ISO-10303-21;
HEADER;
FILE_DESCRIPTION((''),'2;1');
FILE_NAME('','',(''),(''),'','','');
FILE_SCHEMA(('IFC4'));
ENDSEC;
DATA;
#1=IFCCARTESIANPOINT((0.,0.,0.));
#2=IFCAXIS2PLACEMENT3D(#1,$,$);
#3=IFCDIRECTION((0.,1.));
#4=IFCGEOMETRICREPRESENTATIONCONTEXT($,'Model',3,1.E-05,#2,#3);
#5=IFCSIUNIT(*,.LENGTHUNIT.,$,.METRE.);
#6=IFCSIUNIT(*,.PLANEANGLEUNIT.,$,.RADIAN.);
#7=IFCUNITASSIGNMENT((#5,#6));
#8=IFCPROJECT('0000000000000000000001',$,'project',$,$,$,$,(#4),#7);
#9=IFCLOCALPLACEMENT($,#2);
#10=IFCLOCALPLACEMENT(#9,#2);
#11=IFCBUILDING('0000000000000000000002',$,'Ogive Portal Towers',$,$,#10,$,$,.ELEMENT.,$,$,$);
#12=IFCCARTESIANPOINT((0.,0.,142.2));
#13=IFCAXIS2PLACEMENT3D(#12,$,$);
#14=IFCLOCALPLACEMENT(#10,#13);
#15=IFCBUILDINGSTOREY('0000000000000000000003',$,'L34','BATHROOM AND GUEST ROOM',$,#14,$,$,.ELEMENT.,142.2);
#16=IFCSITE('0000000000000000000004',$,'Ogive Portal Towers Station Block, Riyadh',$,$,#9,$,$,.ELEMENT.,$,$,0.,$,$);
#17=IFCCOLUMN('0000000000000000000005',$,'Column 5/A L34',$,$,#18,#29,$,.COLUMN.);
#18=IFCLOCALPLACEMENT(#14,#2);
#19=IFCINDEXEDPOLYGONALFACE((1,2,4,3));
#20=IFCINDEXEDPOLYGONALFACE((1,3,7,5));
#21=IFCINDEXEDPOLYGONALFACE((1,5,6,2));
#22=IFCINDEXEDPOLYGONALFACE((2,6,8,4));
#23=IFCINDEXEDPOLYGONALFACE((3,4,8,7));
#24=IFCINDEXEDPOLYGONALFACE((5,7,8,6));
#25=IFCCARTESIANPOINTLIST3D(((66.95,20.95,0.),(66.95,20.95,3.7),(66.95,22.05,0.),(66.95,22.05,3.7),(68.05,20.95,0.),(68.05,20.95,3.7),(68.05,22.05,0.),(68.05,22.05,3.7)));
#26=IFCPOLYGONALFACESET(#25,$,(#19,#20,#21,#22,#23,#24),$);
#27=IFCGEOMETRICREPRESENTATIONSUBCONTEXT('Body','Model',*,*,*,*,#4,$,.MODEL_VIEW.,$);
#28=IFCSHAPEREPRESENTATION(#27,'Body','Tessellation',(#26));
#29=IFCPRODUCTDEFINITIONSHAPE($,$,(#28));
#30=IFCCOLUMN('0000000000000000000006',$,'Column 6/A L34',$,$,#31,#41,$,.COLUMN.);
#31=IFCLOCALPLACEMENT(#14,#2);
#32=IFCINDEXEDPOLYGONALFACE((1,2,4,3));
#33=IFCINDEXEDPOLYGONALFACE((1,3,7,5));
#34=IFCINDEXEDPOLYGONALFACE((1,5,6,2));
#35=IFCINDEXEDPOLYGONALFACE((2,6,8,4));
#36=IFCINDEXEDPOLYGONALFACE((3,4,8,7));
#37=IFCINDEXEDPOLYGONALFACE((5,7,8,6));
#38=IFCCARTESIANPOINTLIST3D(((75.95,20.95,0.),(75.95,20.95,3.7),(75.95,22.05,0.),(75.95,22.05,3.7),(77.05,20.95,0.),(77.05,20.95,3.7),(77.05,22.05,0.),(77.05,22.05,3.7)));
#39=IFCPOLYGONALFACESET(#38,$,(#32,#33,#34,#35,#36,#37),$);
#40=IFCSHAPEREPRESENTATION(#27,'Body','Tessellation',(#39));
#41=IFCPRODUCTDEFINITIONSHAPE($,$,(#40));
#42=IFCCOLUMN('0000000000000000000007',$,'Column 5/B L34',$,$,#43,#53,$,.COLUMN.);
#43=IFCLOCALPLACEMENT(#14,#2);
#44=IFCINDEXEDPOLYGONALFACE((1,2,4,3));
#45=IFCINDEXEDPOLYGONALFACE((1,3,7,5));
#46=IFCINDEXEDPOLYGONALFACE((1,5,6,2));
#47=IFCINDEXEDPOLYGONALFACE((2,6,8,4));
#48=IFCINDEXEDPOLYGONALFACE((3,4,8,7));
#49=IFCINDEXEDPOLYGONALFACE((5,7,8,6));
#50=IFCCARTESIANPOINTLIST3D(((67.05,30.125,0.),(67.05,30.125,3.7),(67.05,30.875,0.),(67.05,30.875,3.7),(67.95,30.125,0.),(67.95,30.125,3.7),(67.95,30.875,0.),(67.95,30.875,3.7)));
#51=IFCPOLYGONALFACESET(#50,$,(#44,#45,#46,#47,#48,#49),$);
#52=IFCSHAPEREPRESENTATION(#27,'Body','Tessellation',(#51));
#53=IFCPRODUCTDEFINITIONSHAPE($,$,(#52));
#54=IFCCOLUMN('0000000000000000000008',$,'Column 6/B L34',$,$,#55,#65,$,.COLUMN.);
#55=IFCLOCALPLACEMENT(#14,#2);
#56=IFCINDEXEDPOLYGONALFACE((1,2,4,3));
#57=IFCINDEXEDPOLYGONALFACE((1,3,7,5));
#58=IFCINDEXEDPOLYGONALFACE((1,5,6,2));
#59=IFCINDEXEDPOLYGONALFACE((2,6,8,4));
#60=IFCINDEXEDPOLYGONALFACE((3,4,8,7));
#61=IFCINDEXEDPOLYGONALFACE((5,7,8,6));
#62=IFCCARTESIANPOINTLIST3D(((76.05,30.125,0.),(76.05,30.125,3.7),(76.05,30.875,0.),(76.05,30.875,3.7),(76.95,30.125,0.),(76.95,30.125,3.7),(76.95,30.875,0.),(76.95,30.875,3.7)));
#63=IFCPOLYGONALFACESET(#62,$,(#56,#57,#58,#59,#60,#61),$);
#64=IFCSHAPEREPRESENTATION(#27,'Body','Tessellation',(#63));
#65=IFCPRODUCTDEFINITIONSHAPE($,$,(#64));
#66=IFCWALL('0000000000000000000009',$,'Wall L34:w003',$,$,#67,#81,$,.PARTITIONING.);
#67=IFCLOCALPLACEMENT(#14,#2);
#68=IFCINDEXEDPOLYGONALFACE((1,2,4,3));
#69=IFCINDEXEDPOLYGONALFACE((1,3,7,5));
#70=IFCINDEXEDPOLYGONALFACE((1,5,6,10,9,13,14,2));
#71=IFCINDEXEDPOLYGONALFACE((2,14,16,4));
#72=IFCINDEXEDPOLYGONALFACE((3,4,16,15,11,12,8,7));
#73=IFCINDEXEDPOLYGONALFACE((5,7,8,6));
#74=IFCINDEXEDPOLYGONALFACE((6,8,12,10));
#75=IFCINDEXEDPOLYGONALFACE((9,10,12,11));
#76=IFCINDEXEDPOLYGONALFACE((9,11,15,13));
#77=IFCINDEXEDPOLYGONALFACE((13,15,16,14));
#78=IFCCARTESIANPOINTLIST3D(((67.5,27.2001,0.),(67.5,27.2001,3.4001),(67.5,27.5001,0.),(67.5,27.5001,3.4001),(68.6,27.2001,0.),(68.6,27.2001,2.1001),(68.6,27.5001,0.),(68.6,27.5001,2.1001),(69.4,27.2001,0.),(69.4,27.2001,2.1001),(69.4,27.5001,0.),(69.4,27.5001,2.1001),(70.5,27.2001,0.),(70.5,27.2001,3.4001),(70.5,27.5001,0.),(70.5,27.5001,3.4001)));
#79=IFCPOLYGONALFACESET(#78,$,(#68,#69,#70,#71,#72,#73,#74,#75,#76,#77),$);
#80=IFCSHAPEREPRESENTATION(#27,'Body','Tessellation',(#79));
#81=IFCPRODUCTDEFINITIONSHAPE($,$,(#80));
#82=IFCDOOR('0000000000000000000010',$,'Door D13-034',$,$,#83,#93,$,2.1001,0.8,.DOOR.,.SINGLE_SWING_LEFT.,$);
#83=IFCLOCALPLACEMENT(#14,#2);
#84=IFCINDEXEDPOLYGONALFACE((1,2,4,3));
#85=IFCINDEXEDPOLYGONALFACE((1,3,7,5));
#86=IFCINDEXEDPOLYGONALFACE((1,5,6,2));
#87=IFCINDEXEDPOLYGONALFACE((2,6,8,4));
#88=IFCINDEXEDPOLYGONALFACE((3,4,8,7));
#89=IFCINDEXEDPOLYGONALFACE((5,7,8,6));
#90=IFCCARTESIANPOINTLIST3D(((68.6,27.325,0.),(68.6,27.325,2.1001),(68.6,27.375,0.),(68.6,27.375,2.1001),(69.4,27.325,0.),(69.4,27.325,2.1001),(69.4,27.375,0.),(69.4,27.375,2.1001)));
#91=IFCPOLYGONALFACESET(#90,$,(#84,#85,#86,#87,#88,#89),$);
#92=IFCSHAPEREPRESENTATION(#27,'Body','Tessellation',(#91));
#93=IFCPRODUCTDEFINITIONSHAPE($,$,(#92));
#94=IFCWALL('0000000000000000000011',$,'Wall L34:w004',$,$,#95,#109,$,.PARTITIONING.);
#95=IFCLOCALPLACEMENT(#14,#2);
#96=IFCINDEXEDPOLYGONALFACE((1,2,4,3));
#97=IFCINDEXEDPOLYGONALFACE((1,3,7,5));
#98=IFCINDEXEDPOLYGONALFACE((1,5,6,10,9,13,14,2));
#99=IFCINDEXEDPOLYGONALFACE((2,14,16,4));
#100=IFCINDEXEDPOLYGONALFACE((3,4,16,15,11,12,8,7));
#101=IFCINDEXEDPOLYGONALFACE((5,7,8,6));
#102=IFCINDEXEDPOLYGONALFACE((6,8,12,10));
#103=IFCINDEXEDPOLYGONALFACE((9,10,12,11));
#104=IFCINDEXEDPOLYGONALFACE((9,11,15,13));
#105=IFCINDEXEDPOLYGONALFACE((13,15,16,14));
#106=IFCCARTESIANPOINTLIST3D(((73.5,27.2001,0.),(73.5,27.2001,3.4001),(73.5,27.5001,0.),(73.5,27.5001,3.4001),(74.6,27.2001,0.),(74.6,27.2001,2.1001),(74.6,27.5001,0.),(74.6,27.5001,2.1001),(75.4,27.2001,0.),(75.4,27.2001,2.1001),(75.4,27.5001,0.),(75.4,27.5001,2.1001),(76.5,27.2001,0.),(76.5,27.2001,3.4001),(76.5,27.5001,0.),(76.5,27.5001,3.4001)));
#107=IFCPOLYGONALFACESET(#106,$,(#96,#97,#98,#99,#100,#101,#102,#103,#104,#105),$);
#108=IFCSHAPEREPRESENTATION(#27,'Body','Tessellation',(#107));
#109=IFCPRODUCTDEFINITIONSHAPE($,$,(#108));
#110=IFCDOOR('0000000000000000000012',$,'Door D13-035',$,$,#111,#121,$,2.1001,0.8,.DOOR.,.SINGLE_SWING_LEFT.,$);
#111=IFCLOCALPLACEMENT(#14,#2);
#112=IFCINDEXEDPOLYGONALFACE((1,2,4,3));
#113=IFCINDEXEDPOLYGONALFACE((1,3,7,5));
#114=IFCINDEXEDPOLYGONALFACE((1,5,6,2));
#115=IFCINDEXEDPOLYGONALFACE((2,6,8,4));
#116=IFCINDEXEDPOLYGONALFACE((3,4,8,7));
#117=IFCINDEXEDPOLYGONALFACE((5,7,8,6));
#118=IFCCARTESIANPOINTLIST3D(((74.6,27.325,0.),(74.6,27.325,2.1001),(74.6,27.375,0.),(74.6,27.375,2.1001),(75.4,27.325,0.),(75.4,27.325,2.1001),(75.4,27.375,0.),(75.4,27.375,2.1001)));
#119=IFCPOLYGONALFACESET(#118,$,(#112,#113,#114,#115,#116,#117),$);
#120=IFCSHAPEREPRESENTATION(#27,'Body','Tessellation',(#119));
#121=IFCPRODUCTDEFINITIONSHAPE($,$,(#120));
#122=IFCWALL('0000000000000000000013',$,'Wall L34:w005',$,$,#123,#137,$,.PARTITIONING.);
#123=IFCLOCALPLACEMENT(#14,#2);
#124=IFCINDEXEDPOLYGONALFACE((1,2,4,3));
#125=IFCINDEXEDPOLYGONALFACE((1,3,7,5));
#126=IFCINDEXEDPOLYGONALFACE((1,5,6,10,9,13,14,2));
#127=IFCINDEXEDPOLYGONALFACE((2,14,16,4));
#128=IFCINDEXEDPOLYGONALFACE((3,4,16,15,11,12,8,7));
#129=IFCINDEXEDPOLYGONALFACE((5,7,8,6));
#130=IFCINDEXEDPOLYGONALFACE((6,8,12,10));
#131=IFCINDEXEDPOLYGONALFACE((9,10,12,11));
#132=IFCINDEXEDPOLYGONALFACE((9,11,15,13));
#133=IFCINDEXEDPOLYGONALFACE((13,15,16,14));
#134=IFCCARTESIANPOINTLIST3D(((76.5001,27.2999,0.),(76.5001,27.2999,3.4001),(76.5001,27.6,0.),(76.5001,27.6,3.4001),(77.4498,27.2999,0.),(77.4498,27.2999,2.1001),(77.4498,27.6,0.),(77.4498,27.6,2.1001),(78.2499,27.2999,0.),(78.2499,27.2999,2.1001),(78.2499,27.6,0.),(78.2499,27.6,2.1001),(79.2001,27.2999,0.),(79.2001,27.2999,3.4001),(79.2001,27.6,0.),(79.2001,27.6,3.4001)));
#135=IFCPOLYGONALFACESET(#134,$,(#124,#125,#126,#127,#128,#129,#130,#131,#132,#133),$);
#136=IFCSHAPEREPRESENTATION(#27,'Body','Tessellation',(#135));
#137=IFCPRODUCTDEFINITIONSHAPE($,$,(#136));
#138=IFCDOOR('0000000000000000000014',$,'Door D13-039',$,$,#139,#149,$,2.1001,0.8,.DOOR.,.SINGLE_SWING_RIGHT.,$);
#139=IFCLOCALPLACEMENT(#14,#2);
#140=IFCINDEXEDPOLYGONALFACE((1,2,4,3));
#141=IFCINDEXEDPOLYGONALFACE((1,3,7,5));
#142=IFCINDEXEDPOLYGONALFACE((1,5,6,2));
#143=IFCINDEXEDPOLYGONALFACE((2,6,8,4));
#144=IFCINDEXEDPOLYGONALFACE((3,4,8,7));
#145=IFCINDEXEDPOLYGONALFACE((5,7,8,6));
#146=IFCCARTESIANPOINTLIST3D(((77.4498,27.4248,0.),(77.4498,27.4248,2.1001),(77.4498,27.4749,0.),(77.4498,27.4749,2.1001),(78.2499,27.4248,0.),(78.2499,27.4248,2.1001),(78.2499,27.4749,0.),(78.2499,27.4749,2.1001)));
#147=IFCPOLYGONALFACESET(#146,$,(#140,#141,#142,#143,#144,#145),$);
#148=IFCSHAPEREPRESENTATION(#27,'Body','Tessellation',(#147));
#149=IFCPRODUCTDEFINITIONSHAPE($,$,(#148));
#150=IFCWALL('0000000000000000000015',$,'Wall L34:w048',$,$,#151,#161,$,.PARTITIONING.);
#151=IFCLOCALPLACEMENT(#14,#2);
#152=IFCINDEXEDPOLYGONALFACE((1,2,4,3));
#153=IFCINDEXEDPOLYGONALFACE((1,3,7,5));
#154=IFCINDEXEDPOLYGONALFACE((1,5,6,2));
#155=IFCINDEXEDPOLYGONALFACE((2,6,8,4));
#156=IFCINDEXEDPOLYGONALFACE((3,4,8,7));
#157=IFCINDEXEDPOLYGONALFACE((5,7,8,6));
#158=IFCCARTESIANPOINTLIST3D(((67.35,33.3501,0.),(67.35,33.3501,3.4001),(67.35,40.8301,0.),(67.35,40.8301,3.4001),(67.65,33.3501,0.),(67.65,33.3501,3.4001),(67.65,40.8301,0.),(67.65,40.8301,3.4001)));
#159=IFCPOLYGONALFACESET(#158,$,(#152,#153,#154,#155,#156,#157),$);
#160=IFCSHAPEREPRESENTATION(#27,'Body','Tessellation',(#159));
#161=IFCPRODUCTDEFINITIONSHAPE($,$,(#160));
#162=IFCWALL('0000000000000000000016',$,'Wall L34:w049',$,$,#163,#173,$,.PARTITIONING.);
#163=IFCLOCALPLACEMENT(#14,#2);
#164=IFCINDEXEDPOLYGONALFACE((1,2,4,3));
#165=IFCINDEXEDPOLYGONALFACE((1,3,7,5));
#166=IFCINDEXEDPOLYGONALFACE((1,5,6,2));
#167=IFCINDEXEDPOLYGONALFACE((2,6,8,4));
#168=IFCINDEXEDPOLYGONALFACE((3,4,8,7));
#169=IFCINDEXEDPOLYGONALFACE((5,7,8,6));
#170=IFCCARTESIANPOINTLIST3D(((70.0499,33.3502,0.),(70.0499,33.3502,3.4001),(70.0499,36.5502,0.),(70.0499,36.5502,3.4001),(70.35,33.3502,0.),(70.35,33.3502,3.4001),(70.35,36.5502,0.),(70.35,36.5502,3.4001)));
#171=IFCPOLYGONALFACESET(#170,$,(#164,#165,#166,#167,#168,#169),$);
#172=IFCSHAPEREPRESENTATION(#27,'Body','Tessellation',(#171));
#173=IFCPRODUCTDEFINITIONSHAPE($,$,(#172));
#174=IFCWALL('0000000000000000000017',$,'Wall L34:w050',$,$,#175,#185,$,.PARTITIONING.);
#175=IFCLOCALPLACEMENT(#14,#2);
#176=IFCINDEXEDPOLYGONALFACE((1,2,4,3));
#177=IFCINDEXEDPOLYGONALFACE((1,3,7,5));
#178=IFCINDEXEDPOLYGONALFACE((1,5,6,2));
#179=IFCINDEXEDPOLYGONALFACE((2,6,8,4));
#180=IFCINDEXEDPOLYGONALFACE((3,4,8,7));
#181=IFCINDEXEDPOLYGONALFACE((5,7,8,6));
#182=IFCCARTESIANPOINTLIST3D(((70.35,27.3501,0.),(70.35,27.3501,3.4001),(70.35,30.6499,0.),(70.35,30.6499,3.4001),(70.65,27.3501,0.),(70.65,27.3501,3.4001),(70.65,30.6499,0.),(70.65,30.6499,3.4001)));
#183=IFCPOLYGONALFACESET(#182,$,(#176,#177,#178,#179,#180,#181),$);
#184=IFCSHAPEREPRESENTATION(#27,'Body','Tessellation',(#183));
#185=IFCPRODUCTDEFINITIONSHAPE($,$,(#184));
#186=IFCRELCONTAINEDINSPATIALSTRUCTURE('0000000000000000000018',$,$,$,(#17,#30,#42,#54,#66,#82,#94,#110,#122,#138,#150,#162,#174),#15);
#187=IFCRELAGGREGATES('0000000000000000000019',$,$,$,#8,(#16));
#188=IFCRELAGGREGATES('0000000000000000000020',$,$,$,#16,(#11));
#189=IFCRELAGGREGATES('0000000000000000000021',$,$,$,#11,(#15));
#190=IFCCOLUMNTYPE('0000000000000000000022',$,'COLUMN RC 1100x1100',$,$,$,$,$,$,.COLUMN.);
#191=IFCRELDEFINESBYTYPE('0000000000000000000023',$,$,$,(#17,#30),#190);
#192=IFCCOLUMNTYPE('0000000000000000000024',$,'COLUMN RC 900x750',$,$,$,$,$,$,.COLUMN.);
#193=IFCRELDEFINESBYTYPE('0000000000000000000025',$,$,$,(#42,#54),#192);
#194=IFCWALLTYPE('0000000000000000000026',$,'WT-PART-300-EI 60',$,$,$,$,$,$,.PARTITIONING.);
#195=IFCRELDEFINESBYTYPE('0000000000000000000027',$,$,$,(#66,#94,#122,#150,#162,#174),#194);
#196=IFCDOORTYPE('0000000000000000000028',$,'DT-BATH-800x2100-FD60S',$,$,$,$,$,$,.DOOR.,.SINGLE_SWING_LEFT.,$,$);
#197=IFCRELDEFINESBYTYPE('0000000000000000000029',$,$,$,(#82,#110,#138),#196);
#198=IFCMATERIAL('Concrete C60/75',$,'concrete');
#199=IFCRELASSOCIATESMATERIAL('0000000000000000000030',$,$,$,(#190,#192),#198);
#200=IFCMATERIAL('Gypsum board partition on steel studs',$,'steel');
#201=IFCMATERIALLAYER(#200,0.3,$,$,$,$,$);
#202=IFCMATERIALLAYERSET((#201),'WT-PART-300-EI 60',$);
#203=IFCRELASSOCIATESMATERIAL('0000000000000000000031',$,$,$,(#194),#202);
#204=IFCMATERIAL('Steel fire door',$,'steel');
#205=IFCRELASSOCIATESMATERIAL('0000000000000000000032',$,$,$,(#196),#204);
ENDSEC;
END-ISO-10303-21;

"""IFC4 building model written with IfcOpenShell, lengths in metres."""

from ifc_helpers import new_model, si_unit, direction, frame, frame_2d, origin, origin_2d, place, context, subcontext, project, spatial, rectangle, extrude, material, layer, layer_set, material_profile, profile_set, type_object, element, fill, save


model = new_model("IFC4")

# Units and contexts
model_context = context("Model", 3, precision=1e-05, world=origin(), true_north=direction((0.0, 1.0)))
body_context = subcontext(model_context, "Body", "Model", "MODEL_VIEW")
ifc_project = project(units=[si_unit("LENGTHUNIT", "METRE"), si_unit("PLANEANGLEUNIT", "RADIAN")], contexts=[model_context])

# Site, building, storey
site_placement = place(None, origin())
site = spatial("IfcSite", under=ifc_project, at=site_placement, Name="Ogive Portal Towers Station Block, Riyadh", CompositionType="ELEMENT", RefElevation=0.0)
building_placement = place(site_placement, origin())
building = spatial("IfcBuilding", under=site, at=building_placement, Name="Ogive Portal Towers", CompositionType="ELEMENT")
storey_placement = place(building_placement, frame((0.0, 0.0, 142.2)))
storey = spatial("IfcBuildingStorey", under=building, at=storey_placement, Name="L34", Description="BATHROOM AND GUEST ROOM", CompositionType="ELEMENT", Elevation=142.2)

# Columns
ifc_material_1 = material(Name="Concrete C60/75", Category="concrete")
ifc_material_profile_1 = material_profile(ifc_material_1, rectangle(XDim=1.1001, YDim=1.1001, at=origin_2d()), Name="RC 1100x1100")
ifc_profile_set_1 = profile_set([ifc_material_profile_1], Name="Concrete C60/75")
column_type_1 = type_object("IfcColumnType", Name="COLUMN RC 1100x1100", PredefinedType="COLUMN", material=ifc_profile_set_1)
for number, where, z_axis, x_axis, name in (
    (1, (67.5, 21.5, 0.0), (0.0, 0.0, 1.0), (1.0, 0.0, 0.0), "Column 5/A L34"),
    (2, (76.5, 21.5, 0.0), (0.0, 0.0, 1.0), (1.0, 0.0, 0.0), "Column 6/A L34"),
):
    element("IfcColumn", number, at=place(storey_placement, frame(where, z_axis=z_axis, x_axis=x_axis)), inside=storey, type_object=column_type_1, Name=name, PredefinedType="COLUMN", context=body_context, shape_type="SweptSolid", body=[
        extrude(rectangle(XDim=1.1001, YDim=1.1001, at=origin_2d()), origin(), (0.0, 0.0, 1.0), 3.7),
    ])
ifc_material_profile_2 = material_profile(ifc_material_1, rectangle(XDim=0.8999, YDim=0.75, at=origin_2d()), Name="RC 900x750")
ifc_profile_set_2 = profile_set([ifc_material_profile_2], Name="Concrete C60/75")
column_type_2 = type_object("IfcColumnType", Name="COLUMN RC 900x750", PredefinedType="COLUMN", material=ifc_profile_set_2)
for number, where, z_axis, x_axis, name in (
    (3, (67.5, 30.5, 0.0), (0.0, 0.0, 1.0), (1.0, 0.0, 0.0), "Column 5/B L34"),
    (4, (76.5, 30.5, 0.0), (0.0, 0.0, 1.0), (1.0, 0.0, 0.0), "Column 6/B L34"),
):
    element("IfcColumn", number, at=place(storey_placement, frame(where, z_axis=z_axis, x_axis=x_axis)), inside=storey, type_object=column_type_2, Name=name, PredefinedType="COLUMN", context=body_context, shape_type="SweptSolid", body=[
        extrude(rectangle(XDim=0.8999, YDim=0.75, at=origin_2d()), origin(), (0.0, 0.0, 1.0), 3.7),
    ])

# Walls, openings, doors
ifc_material_2 = material(Name="Gypsum board partition on steel studs", Category="steel")
ifc_layer = layer(ifc_material_2, 0.3)
ifc_layer_set = layer_set([ifc_layer], Name="WT-PART-300-EI 60")
wall_type = type_object("IfcWallType", Name="WT-PART-300-EI 60", PredefinedType="PARTITIONING", material=ifc_layer_set)
wall_1_placement = place(storey_placement, frame((67.5, 27.3501, 0.0), z_axis=(0.0, 0.0, 1.0), x_axis=(1.0, 0.0, 0.0)))
wall_1 = element("IfcWall", 5, at=wall_1_placement, inside=storey, type_object=wall_type, Name="Wall L34:w003", PredefinedType="PARTITIONING", context=body_context, shape_type="SweptSolid", body=[
    extrude(rectangle(XDim=3.0, YDim=0.3, at=frame_2d((1.5, 0.0))), origin(), (0.0, 0.0, 1.0), 3.4001),
])
opening_1_placement = place(wall_1_placement, frame((1.1001, 0.0, 0.0)))
opening_1 = element("IfcOpeningElement", 6, at=opening_1_placement, cuts=wall_1, PredefinedType="OPENING", context=body_context, shape_type="SweptSolid", body=[
    extrude(rectangle(XDim=0.8, YDim=2.1001, at=frame_2d((0.3999, 1.05))), frame((0.0, 0.1602, 0.0), z_axis=(0.0, -1.0, 0.0), x_axis=(1.0, 0.0, 0.0)), (0.0, 0.0, 1.0), 0.3201),
])
ifc_material_3 = material(Name="Steel fire door", Category="steel")
door_type = type_object("IfcDoorType", Name="DT-BATH-800x2100-FD60S", OperationType="SINGLE_SWING_LEFT", PredefinedType="DOOR", material=ifc_material_3)
door_1_placement = place(opening_1_placement, origin())
door_1 = element("IfcDoor", 7, at=door_1_placement, inside=storey, type_object=door_type, Name="Door D13-034", OperationType="SINGLE_SWING_LEFT", OverallHeight=2.1001, OverallWidth=0.8, PredefinedType="DOOR", context=body_context, shape_type="SweptSolid", body=[
    extrude(rectangle(XDim=0.8, YDim=2.1001, at=frame_2d((0.3999, 1.05))), frame((0.0, 0.0249, 0.0), z_axis=(0.0, -1.0, 0.0), x_axis=(1.0, 0.0, 0.0)), (0.0, 0.0, 1.0), 0.05),
])
fill(opening_1, door_1)
wall_2_placement = place(storey_placement, frame((73.5, 27.3501, 0.0), z_axis=(0.0, 0.0, 1.0), x_axis=(1.0, 0.0, 0.0)))
wall_2 = element("IfcWall", 8, at=wall_2_placement, inside=storey, type_object=wall_type, Name="Wall L34:w004", PredefinedType="PARTITIONING", context=body_context, shape_type="SweptSolid", body=[
    extrude(rectangle(XDim=3.0, YDim=0.3, at=frame_2d((1.5, 0.0))), origin(), (0.0, 0.0, 1.0), 3.4001),
])
opening_2_placement = place(wall_2_placement, frame((1.1001, 0.0, 0.0)))
opening_2 = element("IfcOpeningElement", 9, at=opening_2_placement, cuts=wall_2, PredefinedType="OPENING", context=body_context, shape_type="SweptSolid", body=[
    extrude(rectangle(XDim=0.8, YDim=2.1001, at=frame_2d((0.3999, 1.05))), frame((0.0, 0.1602, 0.0), z_axis=(0.0, -1.0, 0.0), x_axis=(1.0, 0.0, 0.0)), (0.0, 0.0, 1.0), 0.3201),
])
door_2_placement = place(opening_2_placement, origin())
door_2 = element("IfcDoor", 10, at=door_2_placement, inside=storey, type_object=door_type, Name="Door D13-035", OperationType="SINGLE_SWING_LEFT", OverallHeight=2.1001, OverallWidth=0.8, PredefinedType="DOOR", context=body_context, shape_type="SweptSolid", body=[
    extrude(rectangle(XDim=0.8, YDim=2.1001, at=frame_2d((0.3999, 1.05))), frame((0.0, 0.0249, 0.0), z_axis=(0.0, -1.0, 0.0), x_axis=(1.0, 0.0, 0.0)), (0.0, 0.0, 1.0), 0.05),
])
fill(opening_2, door_2)
wall_3_placement = place(storey_placement, frame((76.5, 27.45, 0.0), z_axis=(0.0, 0.0, 1.0), x_axis=(1.0, 0.0, 0.0)))
wall_3 = element("IfcWall", 11, at=wall_3_placement, inside=storey, type_object=wall_type, Name="Wall L34:w005", PredefinedType="PARTITIONING", context=body_context, shape_type="SweptSolid", body=[
    extrude(rectangle(XDim=2.7, YDim=0.3, at=frame_2d((1.3501, 0.0))), origin(), (0.0, 0.0, 1.0), 3.4001),
])
opening_3_placement = place(wall_3_placement, frame((0.95, 0.0, 0.0)))
opening_3 = element("IfcOpeningElement", 12, at=opening_3_placement, cuts=wall_3, PredefinedType="OPENING", context=body_context, shape_type="SweptSolid", body=[
    extrude(rectangle(XDim=0.8, YDim=2.1001, at=frame_2d((0.3999, 1.05))), frame((0.0, 0.1602, 0.0), z_axis=(0.0, -1.0, 0.0), x_axis=(1.0, 0.0, 0.0)), (0.0, 0.0, 1.0), 0.3201),
])
door_3_placement = place(opening_3_placement, origin())
door_3 = element("IfcDoor", 13, at=door_3_placement, inside=storey, type_object=door_type, Name="Door D13-039", OperationType="SINGLE_SWING_RIGHT", OverallHeight=2.1001, OverallWidth=0.8, PredefinedType="DOOR", context=body_context, shape_type="SweptSolid", body=[
    extrude(rectangle(XDim=0.8, YDim=2.1001, at=frame_2d((0.3999, 1.05))), frame((0.0, 0.0249, 0.0), z_axis=(0.0, -1.0, 0.0), x_axis=(1.0, 0.0, 0.0)), (0.0, 0.0, 1.0), 0.05),
])
fill(opening_3, door_3)

# Walls
wall_4_placement = place(storey_placement, frame((67.5, 33.3501, 0.0), z_axis=(0.0, 0.0, 1.0), x_axis=(0.0, 1.0, 0.0)))
element("IfcWall", 14, at=wall_4_placement, inside=storey, type_object=wall_type, Name="Wall L34:w048", PredefinedType="PARTITIONING", context=body_context, shape_type="SweptSolid", body=[
    extrude(rectangle(XDim=7.48, YDim=0.3, at=frame_2d((3.74, 0.0))), origin(), (0.0, 0.0, 1.0), 3.4001),
])
wall_5_placement = place(storey_placement, frame((70.2, 33.3501, 0.0), z_axis=(0.0, 0.0, 1.0), x_axis=(0.0, 1.0, 0.0)))
element("IfcWall", 15, at=wall_5_placement, inside=storey, type_object=wall_type, Name="Wall L34:w049", PredefinedType="PARTITIONING", context=body_context, shape_type="SweptSolid", body=[
    extrude(rectangle(XDim=3.2, YDim=0.3, at=frame_2d((1.6001, 0.0))), origin(), (0.0, 0.0, 1.0), 3.4001),
])
wall_6_placement = place(storey_placement, frame((70.5, 27.3501, 0.0), z_axis=(0.0, 0.0, 1.0), x_axis=(0.0, 1.0, 0.0)))
element("IfcWall", 16, at=wall_6_placement, inside=storey, type_object=wall_type, Name="Wall L34:w050", PredefinedType="PARTITIONING", context=body_context, shape_type="SweptSolid", body=[
    extrude(rectangle(XDim=3.2998, YDim=0.3, at=frame_2d((1.6499, 0.0))), origin(), (0.0, 0.0, 1.0), 3.4001),
])

save(model, "model.ifc")
